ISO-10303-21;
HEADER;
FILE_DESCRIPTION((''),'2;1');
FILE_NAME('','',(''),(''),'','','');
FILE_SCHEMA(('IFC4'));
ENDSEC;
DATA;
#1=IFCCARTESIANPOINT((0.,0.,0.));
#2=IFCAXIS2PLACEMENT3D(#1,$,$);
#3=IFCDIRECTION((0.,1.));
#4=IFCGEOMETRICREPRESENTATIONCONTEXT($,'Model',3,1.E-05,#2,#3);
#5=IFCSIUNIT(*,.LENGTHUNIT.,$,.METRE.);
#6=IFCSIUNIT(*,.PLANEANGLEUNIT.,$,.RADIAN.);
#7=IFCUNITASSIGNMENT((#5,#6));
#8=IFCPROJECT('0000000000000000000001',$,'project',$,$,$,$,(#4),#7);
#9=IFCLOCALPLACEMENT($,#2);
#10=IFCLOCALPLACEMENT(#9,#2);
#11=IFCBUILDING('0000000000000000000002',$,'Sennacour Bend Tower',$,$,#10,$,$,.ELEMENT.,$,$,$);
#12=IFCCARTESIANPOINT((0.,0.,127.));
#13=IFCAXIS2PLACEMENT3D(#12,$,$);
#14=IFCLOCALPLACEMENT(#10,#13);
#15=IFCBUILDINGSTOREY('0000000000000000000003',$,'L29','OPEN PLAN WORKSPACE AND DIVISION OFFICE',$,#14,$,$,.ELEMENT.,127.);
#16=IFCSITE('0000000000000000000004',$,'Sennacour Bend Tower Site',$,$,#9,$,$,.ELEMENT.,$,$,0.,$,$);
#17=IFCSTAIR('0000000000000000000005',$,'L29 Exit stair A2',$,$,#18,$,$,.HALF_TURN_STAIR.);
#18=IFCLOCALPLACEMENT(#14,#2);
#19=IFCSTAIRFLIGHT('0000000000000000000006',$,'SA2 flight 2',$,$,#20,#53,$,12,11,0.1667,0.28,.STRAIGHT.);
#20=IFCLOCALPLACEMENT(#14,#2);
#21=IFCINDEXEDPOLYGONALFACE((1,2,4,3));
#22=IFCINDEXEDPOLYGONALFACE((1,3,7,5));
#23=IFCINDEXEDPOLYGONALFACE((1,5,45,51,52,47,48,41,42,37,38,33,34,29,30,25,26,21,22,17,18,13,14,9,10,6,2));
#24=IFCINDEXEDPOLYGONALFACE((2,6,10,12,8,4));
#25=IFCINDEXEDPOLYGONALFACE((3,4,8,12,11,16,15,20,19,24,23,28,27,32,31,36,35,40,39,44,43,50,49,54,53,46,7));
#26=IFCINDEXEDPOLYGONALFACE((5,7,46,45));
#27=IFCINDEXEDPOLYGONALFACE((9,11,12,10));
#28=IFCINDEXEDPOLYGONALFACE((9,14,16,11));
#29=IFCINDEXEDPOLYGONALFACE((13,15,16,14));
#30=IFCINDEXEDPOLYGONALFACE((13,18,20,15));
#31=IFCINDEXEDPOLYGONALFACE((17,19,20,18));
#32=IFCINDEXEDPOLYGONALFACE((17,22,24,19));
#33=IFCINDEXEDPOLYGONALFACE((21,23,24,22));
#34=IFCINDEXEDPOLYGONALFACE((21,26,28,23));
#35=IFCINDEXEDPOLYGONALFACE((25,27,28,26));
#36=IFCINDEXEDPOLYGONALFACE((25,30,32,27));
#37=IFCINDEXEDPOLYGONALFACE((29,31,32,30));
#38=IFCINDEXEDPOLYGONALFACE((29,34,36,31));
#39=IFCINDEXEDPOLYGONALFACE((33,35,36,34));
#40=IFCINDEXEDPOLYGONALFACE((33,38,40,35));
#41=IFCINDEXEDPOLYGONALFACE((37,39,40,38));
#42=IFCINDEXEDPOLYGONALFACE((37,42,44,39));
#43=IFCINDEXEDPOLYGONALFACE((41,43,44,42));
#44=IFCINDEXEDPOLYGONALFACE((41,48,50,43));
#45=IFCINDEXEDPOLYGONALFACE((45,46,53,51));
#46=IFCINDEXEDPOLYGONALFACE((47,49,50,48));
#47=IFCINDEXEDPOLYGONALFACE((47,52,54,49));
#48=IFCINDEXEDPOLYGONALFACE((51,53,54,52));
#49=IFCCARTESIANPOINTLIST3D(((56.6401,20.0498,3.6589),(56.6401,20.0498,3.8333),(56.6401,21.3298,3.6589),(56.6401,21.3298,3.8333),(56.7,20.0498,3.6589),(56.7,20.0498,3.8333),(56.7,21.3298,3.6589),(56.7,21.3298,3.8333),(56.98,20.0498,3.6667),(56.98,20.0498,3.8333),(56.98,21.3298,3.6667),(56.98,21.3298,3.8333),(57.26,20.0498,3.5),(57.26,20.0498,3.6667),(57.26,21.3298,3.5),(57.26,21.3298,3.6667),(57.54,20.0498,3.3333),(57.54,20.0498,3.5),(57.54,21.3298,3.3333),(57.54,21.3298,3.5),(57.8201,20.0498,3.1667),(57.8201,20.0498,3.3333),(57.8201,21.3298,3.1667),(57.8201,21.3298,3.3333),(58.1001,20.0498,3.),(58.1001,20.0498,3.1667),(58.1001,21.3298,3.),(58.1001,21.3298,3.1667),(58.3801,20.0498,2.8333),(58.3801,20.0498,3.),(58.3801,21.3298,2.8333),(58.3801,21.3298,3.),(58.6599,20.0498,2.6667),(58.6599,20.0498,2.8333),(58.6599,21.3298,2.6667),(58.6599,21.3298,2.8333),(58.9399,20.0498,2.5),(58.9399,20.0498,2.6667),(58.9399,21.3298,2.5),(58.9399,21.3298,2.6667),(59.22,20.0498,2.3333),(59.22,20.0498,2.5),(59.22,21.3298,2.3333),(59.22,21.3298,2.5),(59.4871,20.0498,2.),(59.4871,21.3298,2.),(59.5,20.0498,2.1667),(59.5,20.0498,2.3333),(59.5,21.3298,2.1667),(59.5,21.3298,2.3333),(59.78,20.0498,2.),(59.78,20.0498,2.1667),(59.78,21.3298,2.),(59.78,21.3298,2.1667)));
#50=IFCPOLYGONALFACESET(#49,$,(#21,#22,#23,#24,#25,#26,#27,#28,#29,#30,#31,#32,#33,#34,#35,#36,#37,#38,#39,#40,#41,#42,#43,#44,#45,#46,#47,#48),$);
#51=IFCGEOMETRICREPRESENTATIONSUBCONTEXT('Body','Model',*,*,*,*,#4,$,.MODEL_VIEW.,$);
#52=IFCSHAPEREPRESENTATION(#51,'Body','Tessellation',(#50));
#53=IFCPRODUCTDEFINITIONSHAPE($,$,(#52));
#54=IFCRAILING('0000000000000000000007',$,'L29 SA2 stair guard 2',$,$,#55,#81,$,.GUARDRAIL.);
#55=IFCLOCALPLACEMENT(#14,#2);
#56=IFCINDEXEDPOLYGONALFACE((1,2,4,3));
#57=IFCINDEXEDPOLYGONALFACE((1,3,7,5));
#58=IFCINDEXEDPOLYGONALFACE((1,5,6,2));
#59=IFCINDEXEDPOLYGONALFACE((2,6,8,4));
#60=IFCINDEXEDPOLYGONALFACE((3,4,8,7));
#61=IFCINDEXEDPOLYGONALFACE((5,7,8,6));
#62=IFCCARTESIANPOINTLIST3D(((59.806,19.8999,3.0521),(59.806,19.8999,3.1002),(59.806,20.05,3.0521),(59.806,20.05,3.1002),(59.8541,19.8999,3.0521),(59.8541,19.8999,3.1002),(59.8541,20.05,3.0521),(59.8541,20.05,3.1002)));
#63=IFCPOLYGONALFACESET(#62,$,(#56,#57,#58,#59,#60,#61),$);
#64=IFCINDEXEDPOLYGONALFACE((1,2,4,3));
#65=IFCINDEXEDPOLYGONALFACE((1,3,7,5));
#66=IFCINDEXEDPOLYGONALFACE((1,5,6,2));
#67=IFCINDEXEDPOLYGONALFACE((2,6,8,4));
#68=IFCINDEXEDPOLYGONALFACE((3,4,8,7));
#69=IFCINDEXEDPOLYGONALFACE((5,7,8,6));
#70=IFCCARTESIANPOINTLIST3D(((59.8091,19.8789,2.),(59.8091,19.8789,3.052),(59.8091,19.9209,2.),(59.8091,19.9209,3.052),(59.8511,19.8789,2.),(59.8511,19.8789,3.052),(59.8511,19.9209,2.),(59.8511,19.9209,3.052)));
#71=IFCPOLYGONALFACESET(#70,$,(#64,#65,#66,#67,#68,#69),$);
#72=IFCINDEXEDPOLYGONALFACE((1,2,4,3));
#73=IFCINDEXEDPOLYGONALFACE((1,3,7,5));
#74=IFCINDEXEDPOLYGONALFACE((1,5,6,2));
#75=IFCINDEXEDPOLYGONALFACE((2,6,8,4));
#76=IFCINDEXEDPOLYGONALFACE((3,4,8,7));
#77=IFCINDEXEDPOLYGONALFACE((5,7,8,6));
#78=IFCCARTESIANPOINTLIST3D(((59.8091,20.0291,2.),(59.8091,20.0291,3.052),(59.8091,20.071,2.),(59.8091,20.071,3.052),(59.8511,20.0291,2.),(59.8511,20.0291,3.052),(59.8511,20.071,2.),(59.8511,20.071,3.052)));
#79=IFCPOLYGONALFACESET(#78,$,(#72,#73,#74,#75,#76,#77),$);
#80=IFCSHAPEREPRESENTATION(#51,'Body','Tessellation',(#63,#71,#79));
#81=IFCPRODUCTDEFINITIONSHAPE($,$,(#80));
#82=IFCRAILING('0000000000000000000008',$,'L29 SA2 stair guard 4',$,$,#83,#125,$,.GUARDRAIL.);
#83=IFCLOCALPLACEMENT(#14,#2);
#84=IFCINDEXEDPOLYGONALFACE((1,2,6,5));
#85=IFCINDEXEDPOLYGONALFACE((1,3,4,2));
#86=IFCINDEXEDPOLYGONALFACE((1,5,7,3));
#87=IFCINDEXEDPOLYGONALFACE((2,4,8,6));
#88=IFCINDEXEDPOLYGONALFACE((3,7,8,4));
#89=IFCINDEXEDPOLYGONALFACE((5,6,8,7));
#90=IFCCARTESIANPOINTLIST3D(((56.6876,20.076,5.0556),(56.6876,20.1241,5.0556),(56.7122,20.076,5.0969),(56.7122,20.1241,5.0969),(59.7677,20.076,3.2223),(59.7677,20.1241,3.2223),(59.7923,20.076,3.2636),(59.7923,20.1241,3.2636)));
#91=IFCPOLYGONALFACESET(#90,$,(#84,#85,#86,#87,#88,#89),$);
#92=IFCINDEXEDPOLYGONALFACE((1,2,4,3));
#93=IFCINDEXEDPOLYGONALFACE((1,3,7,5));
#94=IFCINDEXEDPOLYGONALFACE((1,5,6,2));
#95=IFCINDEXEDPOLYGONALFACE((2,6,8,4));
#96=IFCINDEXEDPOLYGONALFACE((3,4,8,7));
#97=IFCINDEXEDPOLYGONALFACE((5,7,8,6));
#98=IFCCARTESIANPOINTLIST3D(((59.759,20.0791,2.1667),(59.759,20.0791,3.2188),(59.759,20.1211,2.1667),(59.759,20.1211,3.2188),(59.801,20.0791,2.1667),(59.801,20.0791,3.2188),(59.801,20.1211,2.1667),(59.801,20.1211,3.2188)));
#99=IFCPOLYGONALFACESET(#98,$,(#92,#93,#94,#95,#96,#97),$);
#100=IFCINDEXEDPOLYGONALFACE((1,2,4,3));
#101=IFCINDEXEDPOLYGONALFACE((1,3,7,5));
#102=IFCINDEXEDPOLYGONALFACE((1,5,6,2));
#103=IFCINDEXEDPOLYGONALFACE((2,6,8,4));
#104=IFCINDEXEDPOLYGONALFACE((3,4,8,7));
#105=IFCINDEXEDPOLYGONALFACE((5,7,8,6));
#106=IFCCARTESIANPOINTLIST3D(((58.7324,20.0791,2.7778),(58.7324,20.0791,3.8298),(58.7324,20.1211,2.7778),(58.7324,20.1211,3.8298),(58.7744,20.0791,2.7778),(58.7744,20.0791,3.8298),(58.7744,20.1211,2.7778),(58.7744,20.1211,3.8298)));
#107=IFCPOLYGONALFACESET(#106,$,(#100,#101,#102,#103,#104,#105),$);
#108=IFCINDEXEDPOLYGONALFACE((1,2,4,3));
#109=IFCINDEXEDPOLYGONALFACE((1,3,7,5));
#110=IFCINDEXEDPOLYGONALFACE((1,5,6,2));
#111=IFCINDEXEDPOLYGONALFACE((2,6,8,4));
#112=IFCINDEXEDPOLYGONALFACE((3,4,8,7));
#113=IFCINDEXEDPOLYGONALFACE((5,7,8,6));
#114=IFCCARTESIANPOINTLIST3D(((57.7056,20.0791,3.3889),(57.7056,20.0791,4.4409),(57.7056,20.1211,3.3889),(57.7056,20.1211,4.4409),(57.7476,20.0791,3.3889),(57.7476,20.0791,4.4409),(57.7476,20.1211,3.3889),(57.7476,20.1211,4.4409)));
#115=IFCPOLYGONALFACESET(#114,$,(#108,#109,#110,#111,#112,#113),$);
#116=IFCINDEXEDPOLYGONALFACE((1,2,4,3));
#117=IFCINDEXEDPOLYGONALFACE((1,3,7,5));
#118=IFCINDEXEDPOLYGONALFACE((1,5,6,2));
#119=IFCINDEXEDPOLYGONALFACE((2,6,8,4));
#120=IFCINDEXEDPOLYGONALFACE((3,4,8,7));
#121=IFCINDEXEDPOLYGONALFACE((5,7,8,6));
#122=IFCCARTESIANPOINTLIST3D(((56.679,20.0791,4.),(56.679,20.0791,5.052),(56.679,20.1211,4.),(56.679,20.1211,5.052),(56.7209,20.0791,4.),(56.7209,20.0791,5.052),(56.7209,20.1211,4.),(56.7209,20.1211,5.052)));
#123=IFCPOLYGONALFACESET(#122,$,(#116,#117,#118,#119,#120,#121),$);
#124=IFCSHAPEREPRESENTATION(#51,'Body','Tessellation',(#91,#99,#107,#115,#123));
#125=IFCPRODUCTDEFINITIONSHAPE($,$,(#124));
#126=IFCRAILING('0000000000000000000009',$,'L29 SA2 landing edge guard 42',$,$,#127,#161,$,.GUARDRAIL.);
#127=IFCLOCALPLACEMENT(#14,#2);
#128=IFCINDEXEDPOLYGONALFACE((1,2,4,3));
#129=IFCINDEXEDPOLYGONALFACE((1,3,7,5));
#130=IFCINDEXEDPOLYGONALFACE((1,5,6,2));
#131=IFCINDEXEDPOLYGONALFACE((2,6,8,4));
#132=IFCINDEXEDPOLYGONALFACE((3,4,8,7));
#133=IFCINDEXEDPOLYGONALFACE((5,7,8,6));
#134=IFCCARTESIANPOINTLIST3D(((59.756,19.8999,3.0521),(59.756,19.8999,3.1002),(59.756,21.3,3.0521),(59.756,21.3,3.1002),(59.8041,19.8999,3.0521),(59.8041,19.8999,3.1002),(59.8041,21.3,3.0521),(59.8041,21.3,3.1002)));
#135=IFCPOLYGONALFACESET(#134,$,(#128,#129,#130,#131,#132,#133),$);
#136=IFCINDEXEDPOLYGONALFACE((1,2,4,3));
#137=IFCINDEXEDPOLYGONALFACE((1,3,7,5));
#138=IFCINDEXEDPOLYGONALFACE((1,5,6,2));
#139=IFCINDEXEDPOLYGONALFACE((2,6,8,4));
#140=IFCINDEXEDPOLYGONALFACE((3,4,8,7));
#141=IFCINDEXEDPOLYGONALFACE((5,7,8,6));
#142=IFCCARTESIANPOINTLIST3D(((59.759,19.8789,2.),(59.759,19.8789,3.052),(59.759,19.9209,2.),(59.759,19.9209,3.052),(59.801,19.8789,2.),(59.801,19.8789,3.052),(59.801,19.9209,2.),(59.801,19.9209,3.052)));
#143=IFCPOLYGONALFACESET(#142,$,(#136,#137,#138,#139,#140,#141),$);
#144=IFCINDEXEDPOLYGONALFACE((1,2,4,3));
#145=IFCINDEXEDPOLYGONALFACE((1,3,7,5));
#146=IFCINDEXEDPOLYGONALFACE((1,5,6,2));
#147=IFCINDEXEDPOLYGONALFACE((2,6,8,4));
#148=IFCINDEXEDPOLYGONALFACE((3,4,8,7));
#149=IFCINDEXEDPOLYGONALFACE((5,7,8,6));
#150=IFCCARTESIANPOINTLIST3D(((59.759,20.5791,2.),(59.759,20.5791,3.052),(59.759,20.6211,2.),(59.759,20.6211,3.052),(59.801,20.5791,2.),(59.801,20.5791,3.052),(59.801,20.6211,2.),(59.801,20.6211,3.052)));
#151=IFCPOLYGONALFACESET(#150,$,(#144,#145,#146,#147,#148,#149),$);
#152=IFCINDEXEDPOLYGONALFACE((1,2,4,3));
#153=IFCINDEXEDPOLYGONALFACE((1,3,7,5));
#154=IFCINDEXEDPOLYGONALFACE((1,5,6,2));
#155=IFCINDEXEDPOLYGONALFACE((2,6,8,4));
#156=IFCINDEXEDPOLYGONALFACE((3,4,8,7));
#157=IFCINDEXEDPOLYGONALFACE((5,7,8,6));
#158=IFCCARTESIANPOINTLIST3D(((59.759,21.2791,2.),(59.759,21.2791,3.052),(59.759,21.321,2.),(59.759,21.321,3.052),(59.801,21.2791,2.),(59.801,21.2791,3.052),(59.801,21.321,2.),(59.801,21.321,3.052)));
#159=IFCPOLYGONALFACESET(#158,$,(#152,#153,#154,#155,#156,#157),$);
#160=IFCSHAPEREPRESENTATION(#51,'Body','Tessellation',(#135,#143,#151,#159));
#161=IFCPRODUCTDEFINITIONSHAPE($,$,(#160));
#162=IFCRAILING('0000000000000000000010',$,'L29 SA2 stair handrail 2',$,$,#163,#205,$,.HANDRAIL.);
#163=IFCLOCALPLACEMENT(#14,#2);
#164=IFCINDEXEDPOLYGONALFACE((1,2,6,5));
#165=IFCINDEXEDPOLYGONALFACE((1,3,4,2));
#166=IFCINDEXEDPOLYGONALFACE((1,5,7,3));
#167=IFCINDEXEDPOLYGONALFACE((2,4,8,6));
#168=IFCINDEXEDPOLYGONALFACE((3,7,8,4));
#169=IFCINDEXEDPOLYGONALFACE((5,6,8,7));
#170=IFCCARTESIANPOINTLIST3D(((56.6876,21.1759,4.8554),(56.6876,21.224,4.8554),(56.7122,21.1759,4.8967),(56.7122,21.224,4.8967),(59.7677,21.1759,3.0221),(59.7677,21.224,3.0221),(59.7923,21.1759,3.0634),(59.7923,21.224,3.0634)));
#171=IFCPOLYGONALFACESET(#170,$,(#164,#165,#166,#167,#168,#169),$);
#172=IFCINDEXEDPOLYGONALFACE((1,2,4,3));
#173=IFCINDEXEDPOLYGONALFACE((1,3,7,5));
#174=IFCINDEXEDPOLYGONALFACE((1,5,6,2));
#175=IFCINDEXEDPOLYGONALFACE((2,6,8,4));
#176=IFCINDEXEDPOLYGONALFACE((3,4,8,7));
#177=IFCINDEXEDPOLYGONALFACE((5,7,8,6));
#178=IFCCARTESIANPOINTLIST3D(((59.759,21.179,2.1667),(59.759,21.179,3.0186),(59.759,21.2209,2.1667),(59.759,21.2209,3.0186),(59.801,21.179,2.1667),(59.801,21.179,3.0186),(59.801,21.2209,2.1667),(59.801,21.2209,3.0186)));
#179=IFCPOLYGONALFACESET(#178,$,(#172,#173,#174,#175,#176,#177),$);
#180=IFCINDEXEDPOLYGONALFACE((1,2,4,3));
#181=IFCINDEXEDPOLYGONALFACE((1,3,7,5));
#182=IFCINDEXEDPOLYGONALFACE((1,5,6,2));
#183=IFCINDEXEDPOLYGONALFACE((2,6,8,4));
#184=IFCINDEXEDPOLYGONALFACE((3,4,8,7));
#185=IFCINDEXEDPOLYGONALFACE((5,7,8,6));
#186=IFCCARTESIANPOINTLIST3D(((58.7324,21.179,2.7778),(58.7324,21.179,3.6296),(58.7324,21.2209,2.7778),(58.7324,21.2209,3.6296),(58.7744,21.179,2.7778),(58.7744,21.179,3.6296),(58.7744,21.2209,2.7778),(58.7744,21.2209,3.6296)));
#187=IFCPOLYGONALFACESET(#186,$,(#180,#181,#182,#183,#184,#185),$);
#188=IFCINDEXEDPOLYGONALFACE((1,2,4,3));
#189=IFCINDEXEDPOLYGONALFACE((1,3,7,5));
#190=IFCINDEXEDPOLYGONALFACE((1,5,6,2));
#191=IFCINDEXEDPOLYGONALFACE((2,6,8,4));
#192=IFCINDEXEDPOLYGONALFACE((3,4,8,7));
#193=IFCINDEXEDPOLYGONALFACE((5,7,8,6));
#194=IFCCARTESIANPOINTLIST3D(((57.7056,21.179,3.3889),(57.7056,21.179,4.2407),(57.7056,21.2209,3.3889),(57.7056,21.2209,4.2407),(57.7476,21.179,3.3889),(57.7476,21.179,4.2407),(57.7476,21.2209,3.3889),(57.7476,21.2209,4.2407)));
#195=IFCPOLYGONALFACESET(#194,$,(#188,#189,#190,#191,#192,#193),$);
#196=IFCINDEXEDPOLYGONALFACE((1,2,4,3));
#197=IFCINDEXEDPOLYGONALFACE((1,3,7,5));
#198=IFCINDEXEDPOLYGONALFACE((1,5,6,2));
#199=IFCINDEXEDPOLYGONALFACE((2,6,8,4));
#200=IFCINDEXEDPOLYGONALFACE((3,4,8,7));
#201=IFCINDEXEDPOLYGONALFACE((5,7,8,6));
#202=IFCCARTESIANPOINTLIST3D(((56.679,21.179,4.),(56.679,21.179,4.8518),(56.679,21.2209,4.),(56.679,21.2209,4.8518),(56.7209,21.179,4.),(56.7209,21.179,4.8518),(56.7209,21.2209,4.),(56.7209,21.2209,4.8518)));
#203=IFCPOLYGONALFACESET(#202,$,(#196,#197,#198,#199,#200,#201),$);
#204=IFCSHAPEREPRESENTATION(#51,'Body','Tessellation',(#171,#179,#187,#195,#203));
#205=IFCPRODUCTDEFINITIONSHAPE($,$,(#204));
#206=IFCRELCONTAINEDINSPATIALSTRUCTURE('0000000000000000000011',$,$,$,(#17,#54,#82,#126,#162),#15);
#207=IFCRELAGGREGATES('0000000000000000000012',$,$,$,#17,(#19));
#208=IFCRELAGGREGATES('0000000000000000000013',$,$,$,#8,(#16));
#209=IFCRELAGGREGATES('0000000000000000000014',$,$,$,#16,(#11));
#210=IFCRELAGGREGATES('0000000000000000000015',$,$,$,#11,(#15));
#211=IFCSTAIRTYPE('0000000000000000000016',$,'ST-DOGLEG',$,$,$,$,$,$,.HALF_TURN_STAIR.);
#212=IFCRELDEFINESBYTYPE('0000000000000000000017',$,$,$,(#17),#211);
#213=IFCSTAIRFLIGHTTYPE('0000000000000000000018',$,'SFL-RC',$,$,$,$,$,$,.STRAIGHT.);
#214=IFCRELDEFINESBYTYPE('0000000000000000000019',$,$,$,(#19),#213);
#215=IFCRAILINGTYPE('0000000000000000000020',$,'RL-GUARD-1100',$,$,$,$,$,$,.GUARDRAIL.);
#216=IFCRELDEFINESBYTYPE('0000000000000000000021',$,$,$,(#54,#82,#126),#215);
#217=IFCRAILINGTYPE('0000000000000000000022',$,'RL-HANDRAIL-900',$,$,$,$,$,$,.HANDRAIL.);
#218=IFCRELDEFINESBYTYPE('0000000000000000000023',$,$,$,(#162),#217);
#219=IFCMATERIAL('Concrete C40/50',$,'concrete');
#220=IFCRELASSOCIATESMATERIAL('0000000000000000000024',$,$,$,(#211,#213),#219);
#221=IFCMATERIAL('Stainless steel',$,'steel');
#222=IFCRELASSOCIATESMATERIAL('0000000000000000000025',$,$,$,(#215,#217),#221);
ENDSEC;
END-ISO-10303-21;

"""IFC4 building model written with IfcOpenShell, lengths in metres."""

from ifc_helpers import new_model, si_unit, direction, frame, origin, origin_2d, place, context, subcontext, project, spatial, polyline, rectangle, outline, extrude, material, type_object, element, aggregate, save


model = new_model("IFC4")

# Units and contexts
model_context = context("Model", 3, precision=1e-05, world=origin(), true_north=direction((0.0, 1.0)))
body_context = subcontext(model_context, "Body", "Model", "MODEL_VIEW")
ifc_project = project(units=[si_unit("LENGTHUNIT", "METRE"), si_unit("PLANEANGLEUNIT", "RADIAN")], contexts=[model_context])

# Site, building, storey
site_placement = place(None, origin())
site = spatial("IfcSite", under=ifc_project, at=site_placement, Name="Sennacour Bend Tower Site", CompositionType="ELEMENT", RefElevation=0.0)
building_placement = place(site_placement, origin())
building = spatial("IfcBuilding", under=site, at=building_placement, Name="Sennacour Bend Tower", CompositionType="ELEMENT")
storey_placement = place(building_placement, frame((0.0, 0.0, 127.0)))
storey = spatial("IfcBuildingStorey", under=building, at=storey_placement, Name="L29", Description="OPEN PLAN WORKSPACE AND DIVISION OFFICE", CompositionType="ELEMENT", Elevation=127.0)

# Shared definitions
ifc_material_1 = material(Name="Stainless steel", Category="steel")

# Stair, stair flight
ifc_material_2 = material(Name="Concrete C40/50", Category="concrete")
stair_type = type_object("IfcStairType", Name="ST-DOGLEG", PredefinedType="HALF_TURN_STAIR", material=ifc_material_2)
stair_placement = place(storey_placement, origin())
stair = element("IfcStair", 1, at=stair_placement, inside=storey, type_object=stair_type, Name="L29 Exit stair A2", PredefinedType="HALF_TURN_STAIR")
stair_flight_type = type_object("IfcStairFlightType", Name="SFL-RC", PredefinedType="STRAIGHT", material=ifc_material_2)
stair_flight_placement = place(storey_placement, frame((59.78, 20.6899, 2.0), z_axis=(0.0, 0.0, 1.0), x_axis=(-1.0, 0.0, 0.0)))
stair_flight = element("IfcStairFlight", 2, at=stair_flight_placement, type_object=stair_flight_type, Name="SA2 flight 2", NumberOfRisers=12, NumberOfTreads=11, PredefinedType="STRAIGHT", RiserHeight=0.1667, TreadLength=0.28, context=body_context, shape_type="SweptSolid", body=[
    extrude(outline(polyline([(0.0, 0.0), (0.0, 0.1667), (0.28, 0.1667), (0.28, 0.3333), (0.5601, 0.3333), (0.5601, 0.5), (0.8401, 0.5), (0.8401, 0.6667), (1.1201, 0.6667), (1.1201, 0.8333), (1.3999, 0.8333), (1.3999, 1.0), (1.6799, 1.0), (1.6799, 1.1667), (1.96, 1.1667), (1.96, 1.3333), (2.24, 1.3333), (2.24, 1.5), (2.52, 1.5), (2.52, 1.6667), (2.8, 1.6667), (2.8, 1.8333), (3.0801, 1.8333), (3.1399, 1.8333), (3.1399, 1.6589), (3.0801, 1.6589), (0.293, 0.0), (0.0, 0.0)])), frame((0.0, 0.6401, 0.0), z_axis=(0.0, -1.0, 0.0), x_axis=(1.0, 0.0, 0.0)), (0.0, 0.0, 1.0), 1.28),
])
aggregate(stair, [stair_flight])

# Railings
railing_type_1 = type_object("IfcRailingType", Name="RL-GUARD-1100", PredefinedType="GUARDRAIL", material=ifc_material_1)
railing_1_placement = place(storey_placement, frame((59.8301, 19.8999, 2.0)))
element("IfcRailing", 3, at=railing_1_placement, inside=storey, type_object=railing_type_1, Name="L29 SA2 stair guard 2", PredefinedType="GUARDRAIL", context=body_context, shape_type="SweptSolid", body=[
    extrude(rectangle(XDim=0.0481, YDim=0.0481, at=origin_2d()), frame((0.0, 0.0, 1.0762), z_axis=(0.0, 1.0, 0.0), x_axis=(-1.0, 0.0, 0.0)), (0.0, 0.0, 1.0), 0.1501),
    extrude(rectangle(XDim=0.042, YDim=0.042, at=origin_2d()), origin(), (0.0, 0.0, 1.0), 1.052),
    extrude(rectangle(XDim=0.042, YDim=0.042, at=origin_2d()), frame((0.0, 0.1501, 0.0)), (0.0, 0.0, 1.0), 1.052),
])
railing_2_placement = place(storey_placement, frame((59.78, 20.1001, 2.1667)))
element("IfcRailing", 4, at=railing_2_placement, inside=storey, type_object=railing_type_1, Name="L29 SA2 stair guard 4", PredefinedType="GUARDRAIL", context=body_context, shape_type="SweptSolid", body=[
    extrude(rectangle(XDim=0.0481, YDim=0.0481, at=origin_2d()), frame((0.0, 0.0, 1.0762), z_axis=(-0.859309, 0.0, 0.511458), x_axis=(0.0, -1.0, 0.0)), (0.0, 0.0, 1.0), 3.5845),
    extrude(rectangle(XDim=0.042, YDim=0.042, at=origin_2d()), origin(), (0.0, 0.0, 1.0), 1.052),
    extrude(rectangle(XDim=0.042, YDim=0.042, at=origin_2d()), frame((-1.0266, 0.0, 0.6111)), (0.0, 0.0, 1.0), 1.052),
    extrude(rectangle(XDim=0.042, YDim=0.042, at=origin_2d()), frame((-2.0535, 0.0, 1.2222)), (0.0, 0.0, 1.0), 1.052),
    extrude(rectangle(XDim=0.042, YDim=0.042, at=origin_2d()), frame((-3.0801, 0.0, 1.8333)), (0.0, 0.0, 1.0), 1.052),
])
railing_3_placement = place(storey_placement, frame((59.78, 19.8999, 2.0)))
element("IfcRailing", 5, at=railing_3_placement, inside=storey, type_object=railing_type_1, Name="L29 SA2 landing edge guard 42", PredefinedType="GUARDRAIL", context=body_context, shape_type="SweptSolid", body=[
    extrude(rectangle(XDim=0.0481, YDim=0.0481, at=origin_2d()), frame((0.0, 0.0, 1.0762), z_axis=(0.0, 1.0, 0.0), x_axis=(-1.0, 0.0, 0.0)), (0.0, 0.0, 1.0), 1.4001),
    extrude(rectangle(XDim=0.042, YDim=0.042, at=origin_2d()), origin(), (0.0, 0.0, 1.0), 1.052),
    extrude(rectangle(XDim=0.042, YDim=0.042, at=origin_2d()), frame((0.0, 0.7002, 0.0)), (0.0, 0.0, 1.0), 1.052),
    extrude(rectangle(XDim=0.042, YDim=0.042, at=origin_2d()), frame((0.0, 1.4001, 0.0)), (0.0, 0.0, 1.0), 1.052),
])
railing_type_2 = type_object("IfcRailingType", Name="RL-HANDRAIL-900", PredefinedType="HANDRAIL", material=ifc_material_1)
railing_4_placement = place(storey_placement, frame((59.78, 21.2, 2.1667)))
element("IfcRailing", 6, at=railing_4_placement, inside=storey, type_object=railing_type_2, Name="L29 SA2 stair handrail 2", PredefinedType="HANDRAIL", context=body_context, shape_type="SweptSolid", body=[
    extrude(rectangle(XDim=0.0481, YDim=0.0481, at=origin_2d()), frame((0.0, 0.0, 0.876), z_axis=(-0.859309, 0.0, 0.511458), x_axis=(0.0, -1.0, 0.0)), (0.0, 0.0, 1.0), 3.5845),
    extrude(rectangle(XDim=0.042, YDim=0.042, at=origin_2d()), origin(), (0.0, 0.0, 1.0), 0.8518),
    extrude(rectangle(XDim=0.042, YDim=0.042, at=origin_2d()), frame((-1.0266, 0.0, 0.6111)), (0.0, 0.0, 1.0), 0.8518),
    extrude(rectangle(XDim=0.042, YDim=0.042, at=origin_2d()), frame((-2.0535, 0.0, 1.2222)), (0.0, 0.0, 1.0), 0.8518),
    extrude(rectangle(XDim=0.042, YDim=0.042, at=origin_2d()), frame((-3.0801, 0.0, 1.8333)), (0.0, 0.0, 1.0), 0.8518),
])

save(model, "model.ifc")
